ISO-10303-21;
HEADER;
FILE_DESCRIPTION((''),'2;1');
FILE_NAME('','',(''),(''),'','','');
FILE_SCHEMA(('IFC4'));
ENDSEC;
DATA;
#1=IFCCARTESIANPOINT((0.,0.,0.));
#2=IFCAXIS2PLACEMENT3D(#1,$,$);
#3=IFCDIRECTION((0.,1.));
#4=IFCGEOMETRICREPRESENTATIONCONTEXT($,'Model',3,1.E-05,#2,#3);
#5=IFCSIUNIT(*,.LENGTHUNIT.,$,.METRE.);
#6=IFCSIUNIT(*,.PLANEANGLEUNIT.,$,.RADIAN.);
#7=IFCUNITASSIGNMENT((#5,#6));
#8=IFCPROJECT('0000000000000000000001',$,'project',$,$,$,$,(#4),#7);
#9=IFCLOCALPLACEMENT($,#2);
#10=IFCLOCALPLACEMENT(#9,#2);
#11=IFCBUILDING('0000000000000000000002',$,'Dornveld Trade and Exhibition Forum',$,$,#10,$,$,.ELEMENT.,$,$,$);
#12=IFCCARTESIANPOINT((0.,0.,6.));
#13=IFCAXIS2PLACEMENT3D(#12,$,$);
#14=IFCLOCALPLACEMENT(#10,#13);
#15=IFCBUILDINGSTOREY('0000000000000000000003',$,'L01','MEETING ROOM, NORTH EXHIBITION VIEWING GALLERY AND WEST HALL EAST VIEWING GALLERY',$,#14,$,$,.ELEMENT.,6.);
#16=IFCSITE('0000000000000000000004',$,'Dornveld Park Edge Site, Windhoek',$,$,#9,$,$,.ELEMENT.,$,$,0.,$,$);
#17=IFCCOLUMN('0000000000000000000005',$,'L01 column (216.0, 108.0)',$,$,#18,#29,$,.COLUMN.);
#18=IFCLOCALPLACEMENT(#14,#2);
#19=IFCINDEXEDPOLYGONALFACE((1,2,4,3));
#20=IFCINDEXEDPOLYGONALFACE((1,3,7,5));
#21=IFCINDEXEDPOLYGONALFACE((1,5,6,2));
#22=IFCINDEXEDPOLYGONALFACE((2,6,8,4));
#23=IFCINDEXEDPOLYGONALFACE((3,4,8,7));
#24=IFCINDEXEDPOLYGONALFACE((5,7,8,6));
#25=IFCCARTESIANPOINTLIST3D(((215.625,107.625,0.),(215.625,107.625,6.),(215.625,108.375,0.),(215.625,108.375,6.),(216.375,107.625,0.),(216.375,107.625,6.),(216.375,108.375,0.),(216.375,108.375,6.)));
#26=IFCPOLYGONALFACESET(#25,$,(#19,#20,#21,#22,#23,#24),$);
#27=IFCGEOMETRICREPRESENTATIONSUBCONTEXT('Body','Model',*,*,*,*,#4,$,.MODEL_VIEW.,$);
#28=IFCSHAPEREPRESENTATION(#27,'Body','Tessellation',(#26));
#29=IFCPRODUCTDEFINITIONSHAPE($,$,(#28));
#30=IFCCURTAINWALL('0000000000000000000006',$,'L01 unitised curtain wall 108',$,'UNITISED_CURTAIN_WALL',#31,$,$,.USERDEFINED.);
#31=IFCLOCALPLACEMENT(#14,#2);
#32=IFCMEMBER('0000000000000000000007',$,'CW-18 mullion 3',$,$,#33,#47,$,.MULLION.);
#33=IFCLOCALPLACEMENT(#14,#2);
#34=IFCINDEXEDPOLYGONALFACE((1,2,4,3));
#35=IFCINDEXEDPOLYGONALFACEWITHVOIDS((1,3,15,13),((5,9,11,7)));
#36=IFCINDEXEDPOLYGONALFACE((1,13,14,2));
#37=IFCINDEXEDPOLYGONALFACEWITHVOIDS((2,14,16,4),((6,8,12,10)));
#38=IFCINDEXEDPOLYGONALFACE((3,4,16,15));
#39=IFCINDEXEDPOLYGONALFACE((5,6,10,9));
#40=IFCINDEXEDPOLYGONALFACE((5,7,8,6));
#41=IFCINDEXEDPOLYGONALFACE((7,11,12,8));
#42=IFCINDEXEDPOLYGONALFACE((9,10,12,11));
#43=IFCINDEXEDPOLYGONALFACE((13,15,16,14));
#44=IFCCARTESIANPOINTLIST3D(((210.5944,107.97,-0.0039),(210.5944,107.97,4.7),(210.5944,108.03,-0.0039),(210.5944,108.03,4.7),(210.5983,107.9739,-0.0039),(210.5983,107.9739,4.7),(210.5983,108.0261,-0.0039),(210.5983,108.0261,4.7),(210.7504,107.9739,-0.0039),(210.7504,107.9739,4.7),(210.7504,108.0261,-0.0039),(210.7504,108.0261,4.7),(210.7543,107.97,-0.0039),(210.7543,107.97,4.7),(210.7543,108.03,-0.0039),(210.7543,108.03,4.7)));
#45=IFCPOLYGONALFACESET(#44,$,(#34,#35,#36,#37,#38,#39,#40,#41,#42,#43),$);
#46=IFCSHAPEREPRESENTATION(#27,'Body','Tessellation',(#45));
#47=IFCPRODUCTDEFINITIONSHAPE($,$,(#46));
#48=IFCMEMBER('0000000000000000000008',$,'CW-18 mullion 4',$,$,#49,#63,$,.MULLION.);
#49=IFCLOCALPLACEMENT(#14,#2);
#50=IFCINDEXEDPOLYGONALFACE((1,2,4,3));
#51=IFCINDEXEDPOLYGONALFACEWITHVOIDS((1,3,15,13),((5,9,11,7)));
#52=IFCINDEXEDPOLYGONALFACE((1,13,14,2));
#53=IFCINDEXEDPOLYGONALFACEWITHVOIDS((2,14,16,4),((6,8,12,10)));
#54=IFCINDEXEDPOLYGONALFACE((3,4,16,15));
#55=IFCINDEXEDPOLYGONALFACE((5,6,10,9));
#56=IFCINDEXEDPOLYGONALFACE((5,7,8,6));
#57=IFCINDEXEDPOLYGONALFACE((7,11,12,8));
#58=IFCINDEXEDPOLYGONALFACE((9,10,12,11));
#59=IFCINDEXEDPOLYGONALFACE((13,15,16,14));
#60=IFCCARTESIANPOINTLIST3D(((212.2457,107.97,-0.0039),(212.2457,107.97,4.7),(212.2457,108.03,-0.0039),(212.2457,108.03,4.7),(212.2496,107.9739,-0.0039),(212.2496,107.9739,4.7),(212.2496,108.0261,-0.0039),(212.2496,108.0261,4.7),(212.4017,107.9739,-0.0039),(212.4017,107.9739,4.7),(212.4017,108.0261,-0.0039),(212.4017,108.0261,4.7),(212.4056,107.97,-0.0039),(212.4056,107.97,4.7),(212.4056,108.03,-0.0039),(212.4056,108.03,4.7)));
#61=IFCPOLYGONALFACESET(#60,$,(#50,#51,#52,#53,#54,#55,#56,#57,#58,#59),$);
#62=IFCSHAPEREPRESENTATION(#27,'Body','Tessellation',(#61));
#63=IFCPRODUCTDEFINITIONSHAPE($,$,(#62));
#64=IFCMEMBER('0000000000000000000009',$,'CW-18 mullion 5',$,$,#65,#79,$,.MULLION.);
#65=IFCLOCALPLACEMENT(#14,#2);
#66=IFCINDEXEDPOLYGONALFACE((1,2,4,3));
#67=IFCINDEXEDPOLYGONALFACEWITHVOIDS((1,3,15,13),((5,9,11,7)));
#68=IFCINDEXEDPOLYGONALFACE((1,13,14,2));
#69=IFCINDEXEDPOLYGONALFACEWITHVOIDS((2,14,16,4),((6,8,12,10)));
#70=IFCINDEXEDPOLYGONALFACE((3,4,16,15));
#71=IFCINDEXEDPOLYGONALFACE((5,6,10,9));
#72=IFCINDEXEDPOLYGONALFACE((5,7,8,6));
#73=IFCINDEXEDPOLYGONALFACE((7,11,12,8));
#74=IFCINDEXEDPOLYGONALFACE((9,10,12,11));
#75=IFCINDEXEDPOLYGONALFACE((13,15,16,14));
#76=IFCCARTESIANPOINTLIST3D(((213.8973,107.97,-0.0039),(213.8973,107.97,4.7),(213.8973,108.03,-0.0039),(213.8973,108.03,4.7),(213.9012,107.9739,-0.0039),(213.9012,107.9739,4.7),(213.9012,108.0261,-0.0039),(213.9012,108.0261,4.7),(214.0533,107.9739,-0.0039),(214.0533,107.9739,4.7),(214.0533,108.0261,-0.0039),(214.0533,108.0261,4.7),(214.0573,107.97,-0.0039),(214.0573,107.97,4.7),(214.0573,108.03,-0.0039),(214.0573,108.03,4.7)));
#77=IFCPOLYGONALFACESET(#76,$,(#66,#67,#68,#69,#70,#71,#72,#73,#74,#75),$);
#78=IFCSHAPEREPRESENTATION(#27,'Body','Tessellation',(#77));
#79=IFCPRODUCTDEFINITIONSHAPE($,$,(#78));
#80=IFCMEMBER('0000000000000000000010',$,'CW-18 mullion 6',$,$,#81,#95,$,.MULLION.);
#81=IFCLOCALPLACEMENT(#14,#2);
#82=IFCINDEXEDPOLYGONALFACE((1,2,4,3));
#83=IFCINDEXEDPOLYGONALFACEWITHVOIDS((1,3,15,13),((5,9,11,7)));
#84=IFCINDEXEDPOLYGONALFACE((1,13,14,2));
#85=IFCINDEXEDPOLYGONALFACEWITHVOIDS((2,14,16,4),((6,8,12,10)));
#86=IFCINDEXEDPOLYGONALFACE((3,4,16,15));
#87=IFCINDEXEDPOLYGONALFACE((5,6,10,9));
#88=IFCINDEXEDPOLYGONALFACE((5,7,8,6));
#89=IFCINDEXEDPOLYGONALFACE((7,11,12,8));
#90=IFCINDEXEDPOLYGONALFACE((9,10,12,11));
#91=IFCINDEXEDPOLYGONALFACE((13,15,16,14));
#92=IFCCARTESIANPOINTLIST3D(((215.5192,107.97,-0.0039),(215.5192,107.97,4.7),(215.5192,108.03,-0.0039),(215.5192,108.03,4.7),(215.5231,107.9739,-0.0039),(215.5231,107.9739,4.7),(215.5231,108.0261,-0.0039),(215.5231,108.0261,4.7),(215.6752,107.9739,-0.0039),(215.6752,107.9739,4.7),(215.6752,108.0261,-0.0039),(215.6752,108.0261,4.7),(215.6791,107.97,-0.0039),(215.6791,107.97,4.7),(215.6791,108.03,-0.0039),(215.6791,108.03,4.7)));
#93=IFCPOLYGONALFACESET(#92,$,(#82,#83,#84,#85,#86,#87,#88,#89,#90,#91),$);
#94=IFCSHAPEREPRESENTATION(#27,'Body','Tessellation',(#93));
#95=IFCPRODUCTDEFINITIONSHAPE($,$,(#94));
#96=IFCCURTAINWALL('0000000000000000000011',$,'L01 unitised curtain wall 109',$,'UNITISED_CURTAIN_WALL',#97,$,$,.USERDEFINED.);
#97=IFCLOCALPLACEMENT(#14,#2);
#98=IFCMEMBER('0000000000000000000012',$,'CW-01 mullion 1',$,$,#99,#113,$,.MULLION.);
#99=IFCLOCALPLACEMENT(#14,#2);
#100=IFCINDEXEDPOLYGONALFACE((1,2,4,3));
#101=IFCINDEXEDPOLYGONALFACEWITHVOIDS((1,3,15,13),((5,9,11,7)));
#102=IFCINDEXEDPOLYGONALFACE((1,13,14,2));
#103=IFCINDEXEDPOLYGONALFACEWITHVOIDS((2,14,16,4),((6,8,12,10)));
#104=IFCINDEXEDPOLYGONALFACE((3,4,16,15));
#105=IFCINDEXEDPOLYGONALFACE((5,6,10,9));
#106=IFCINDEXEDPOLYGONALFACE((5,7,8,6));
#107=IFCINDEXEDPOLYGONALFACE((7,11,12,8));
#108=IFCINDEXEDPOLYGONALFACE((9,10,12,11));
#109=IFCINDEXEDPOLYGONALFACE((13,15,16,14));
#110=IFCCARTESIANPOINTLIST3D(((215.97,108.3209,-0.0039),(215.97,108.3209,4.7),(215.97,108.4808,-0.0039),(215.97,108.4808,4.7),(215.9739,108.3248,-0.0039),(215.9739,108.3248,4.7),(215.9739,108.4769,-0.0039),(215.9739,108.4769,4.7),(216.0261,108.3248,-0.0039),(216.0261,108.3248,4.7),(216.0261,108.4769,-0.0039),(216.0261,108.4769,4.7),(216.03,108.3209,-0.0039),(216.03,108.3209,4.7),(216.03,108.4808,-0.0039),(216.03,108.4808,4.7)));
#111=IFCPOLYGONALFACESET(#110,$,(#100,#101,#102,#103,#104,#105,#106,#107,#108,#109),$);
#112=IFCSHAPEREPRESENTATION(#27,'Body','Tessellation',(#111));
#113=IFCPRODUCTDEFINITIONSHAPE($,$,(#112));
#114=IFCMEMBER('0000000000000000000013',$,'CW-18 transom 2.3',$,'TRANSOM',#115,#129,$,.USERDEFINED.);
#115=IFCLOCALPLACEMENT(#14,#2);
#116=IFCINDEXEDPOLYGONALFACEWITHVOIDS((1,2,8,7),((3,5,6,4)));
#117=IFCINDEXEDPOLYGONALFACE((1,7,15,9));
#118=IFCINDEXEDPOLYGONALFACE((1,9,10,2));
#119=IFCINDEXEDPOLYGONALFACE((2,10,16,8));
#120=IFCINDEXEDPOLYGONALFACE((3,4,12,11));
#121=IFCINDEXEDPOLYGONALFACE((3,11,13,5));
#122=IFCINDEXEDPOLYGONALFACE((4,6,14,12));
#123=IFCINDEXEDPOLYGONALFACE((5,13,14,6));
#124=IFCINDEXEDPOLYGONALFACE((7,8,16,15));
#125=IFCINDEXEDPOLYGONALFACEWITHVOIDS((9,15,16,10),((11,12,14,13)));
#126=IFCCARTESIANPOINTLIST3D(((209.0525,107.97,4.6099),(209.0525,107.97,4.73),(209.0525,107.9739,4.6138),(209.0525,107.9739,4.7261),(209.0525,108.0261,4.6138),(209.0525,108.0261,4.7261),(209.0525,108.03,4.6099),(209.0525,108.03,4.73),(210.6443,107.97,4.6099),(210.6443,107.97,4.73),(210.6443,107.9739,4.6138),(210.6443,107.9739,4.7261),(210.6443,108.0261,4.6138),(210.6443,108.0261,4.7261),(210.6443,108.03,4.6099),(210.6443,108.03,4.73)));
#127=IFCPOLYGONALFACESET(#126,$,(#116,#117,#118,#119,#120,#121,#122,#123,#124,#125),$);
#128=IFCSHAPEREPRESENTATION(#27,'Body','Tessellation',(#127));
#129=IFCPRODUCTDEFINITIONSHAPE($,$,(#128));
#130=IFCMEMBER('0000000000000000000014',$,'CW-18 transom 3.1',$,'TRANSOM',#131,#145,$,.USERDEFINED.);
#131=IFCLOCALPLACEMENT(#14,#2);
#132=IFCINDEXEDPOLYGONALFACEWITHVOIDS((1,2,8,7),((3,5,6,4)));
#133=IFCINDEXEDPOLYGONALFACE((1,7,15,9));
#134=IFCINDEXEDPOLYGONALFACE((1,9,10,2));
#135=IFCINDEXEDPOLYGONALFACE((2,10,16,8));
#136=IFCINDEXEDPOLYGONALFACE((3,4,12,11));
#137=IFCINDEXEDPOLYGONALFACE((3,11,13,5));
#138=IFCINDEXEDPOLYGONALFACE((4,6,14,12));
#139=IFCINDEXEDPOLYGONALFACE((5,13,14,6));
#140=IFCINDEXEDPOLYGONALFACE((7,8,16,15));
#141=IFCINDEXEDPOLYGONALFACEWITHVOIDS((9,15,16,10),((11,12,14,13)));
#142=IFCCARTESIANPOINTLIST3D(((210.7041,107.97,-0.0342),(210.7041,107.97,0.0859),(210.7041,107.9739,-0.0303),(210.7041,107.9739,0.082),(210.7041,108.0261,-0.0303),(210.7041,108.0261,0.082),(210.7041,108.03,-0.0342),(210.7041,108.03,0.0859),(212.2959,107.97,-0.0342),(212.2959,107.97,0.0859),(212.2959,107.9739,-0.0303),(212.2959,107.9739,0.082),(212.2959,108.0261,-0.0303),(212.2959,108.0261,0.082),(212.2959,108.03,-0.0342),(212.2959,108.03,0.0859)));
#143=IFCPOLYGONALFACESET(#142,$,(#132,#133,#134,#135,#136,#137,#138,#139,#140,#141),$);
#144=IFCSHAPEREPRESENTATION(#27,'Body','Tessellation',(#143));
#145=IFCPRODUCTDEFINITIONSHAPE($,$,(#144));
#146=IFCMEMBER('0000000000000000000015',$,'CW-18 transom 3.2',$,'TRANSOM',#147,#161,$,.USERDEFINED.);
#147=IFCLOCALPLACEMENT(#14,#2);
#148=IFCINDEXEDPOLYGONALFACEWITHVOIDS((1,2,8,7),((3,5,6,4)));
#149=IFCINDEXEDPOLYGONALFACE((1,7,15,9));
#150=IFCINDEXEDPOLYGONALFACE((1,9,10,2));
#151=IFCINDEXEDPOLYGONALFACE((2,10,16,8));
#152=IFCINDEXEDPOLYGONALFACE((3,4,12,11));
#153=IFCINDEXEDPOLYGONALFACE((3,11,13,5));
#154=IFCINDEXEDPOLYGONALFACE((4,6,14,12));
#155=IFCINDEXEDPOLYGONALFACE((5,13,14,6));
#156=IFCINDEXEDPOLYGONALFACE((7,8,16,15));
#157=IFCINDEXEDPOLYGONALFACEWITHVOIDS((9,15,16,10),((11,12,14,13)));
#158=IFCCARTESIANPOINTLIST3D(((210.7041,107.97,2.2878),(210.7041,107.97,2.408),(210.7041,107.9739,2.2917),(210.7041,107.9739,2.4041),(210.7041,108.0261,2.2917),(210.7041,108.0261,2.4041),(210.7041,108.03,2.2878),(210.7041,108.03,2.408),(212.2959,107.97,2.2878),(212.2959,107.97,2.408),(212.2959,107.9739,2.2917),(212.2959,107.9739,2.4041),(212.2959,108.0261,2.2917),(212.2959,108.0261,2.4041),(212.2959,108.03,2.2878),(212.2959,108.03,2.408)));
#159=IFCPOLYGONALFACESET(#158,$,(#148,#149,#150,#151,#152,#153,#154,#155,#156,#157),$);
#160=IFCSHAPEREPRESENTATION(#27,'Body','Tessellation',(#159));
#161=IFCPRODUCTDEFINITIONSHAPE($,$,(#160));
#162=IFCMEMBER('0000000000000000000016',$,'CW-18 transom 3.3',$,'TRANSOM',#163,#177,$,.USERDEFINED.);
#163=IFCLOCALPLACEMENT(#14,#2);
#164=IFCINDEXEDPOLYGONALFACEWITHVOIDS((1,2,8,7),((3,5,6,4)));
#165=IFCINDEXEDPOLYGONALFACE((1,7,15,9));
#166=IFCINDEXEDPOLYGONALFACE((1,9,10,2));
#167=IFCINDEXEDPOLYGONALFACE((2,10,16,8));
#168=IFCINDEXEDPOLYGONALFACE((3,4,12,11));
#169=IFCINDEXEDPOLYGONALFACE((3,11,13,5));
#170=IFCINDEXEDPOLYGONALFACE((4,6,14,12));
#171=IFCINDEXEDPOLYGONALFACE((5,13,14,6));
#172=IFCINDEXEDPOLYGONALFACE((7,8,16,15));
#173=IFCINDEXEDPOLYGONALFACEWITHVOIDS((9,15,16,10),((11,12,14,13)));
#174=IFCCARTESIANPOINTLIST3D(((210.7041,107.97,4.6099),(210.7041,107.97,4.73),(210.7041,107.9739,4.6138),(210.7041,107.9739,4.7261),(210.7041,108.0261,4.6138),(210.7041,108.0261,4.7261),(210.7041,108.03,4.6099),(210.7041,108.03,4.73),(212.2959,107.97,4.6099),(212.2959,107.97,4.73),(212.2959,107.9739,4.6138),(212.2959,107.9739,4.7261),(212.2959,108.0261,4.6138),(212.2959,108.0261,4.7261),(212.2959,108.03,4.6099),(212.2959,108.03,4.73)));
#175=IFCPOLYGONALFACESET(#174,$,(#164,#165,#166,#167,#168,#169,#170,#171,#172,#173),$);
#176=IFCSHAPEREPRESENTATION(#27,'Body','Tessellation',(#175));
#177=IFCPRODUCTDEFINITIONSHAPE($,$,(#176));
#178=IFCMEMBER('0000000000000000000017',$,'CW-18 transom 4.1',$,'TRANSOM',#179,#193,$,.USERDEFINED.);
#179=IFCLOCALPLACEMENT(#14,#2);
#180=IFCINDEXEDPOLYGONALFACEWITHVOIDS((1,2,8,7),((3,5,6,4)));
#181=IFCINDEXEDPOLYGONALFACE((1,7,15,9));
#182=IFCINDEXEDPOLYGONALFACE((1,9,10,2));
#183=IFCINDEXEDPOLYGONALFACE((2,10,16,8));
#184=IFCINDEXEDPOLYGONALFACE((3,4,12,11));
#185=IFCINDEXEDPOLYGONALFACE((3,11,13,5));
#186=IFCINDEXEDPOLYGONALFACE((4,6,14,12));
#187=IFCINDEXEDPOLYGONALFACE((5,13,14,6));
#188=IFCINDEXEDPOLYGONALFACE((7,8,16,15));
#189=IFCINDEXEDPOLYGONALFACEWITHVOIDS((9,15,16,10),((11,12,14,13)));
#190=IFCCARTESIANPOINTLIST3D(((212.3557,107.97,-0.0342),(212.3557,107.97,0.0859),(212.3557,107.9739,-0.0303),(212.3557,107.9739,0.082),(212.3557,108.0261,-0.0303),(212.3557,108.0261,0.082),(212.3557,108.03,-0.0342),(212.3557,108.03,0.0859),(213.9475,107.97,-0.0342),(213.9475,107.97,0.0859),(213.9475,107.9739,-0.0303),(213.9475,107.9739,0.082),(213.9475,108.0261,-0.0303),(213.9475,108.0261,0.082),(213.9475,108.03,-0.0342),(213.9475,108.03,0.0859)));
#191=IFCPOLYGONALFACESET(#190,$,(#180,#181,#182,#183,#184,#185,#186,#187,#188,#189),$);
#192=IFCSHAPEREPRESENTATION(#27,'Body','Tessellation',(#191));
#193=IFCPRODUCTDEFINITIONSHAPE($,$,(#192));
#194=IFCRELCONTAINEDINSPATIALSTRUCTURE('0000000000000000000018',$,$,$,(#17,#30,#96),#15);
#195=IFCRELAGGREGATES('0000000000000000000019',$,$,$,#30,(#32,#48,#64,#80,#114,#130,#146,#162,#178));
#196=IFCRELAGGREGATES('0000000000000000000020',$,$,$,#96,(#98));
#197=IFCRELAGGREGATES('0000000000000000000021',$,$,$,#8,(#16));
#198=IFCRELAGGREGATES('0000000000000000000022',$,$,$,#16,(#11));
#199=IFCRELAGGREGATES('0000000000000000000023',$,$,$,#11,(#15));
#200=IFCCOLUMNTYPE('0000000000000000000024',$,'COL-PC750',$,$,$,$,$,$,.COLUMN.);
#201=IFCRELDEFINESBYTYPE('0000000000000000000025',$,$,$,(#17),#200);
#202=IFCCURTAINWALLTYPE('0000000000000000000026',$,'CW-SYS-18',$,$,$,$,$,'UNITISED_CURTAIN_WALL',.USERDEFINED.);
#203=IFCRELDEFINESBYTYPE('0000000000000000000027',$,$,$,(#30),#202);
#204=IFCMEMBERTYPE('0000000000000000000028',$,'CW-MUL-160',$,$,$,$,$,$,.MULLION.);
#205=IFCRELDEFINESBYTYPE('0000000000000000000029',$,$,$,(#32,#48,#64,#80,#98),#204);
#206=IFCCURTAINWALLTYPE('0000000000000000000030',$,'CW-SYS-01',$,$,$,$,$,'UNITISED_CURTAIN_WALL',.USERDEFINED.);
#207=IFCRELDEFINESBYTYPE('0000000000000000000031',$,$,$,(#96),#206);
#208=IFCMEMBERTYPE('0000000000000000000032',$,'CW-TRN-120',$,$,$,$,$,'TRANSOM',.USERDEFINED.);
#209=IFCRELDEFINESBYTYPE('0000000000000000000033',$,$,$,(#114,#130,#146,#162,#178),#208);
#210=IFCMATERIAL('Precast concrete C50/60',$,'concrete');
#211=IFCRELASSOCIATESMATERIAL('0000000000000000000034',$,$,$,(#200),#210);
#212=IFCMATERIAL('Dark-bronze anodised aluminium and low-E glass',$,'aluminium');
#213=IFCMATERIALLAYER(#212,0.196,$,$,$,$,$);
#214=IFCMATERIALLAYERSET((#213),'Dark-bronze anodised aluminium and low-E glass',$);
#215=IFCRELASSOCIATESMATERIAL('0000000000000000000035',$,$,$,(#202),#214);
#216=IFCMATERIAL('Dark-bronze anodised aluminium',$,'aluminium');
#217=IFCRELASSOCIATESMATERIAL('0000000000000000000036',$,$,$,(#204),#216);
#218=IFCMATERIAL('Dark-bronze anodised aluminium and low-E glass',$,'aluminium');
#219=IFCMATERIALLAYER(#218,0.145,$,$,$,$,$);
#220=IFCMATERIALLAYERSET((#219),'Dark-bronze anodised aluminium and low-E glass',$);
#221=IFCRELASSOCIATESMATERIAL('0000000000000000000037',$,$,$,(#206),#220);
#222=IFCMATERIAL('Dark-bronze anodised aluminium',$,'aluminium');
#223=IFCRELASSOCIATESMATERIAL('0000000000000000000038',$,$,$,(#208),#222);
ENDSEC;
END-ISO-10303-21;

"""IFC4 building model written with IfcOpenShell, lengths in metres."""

from ifc_helpers import new_model, si_unit, direction, frame, origin, origin_2d, place, context, subcontext, project, spatial, rectangle, hollow_rectangle, extrude, material, layer, layer_set, material_profile, profile_set, type_object, element, aggregate, save


model = new_model("IFC4")

# Units and contexts
model_context = context("Model", 3, precision=1e-05, world=origin(), true_north=direction((0.0, 1.0)))
body_context = subcontext(model_context, "Body", "Model", "MODEL_VIEW")
ifc_project = project(units=[si_unit("LENGTHUNIT", "METRE"), si_unit("PLANEANGLEUNIT", "RADIAN")], contexts=[model_context])

# Site, building, storey
site_placement = place(None, origin())
site = spatial("IfcSite", under=ifc_project, at=site_placement, Name="Dornveld Park Edge Site, Windhoek", CompositionType="ELEMENT", RefElevation=0.0)
building_placement = place(site_placement, origin())
building = spatial("IfcBuilding", under=site, at=building_placement, Name="Dornveld Trade and Exhibition Forum", CompositionType="ELEMENT")
storey_placement = place(building_placement, frame((0.0, 0.0, 6.0)))
storey = spatial("IfcBuildingStorey", under=building, at=storey_placement, Name="L01", Description="MEETING ROOM, NORTH EXHIBITION VIEWING GALLERY AND WEST HALL EAST VIEWING GALLERY", CompositionType="ELEMENT", Elevation=6.0)

# Column
ifc_material_1 = material(Name="Precast concrete C50/60", Category="concrete")
ifc_material_profile_1 = material_profile(ifc_material_1, rectangle(XDim=0.75, YDim=0.75, at=origin_2d()), Name="PC-COL 750x750")
ifc_profile_set_1 = profile_set([ifc_material_profile_1], Name="Precast concrete C50/60")
column_type = type_object("IfcColumnType", Name="COL-PC750", PredefinedType="COLUMN", material=ifc_profile_set_1)
column_placement = place(storey_placement, frame((216.0, 108.0, 0.0), z_axis=(0.0, 0.0, 1.0), x_axis=(1.0, 0.0, 0.0)))
element("IfcColumn", 1, at=column_placement, inside=storey, type_object=column_type, Name="L01 column (216.0, 108.0)", PredefinedType="COLUMN", context=body_context, shape_type="SweptSolid", body=[
    extrude(rectangle(XDim=0.75, YDim=0.75, at=origin_2d()), origin(), (0.0, 0.0, 1.0), 6.0),
])

# Curtain wall, members
ifc_material_2 = material(Name="Dark-bronze anodised aluminium and low-E glass", Category="aluminium")
ifc_layer_1 = layer(ifc_material_2, 0.196)
ifc_layer_set_1 = layer_set([ifc_layer_1], Name="Dark-bronze anodised aluminium and low-E glass")
curtain_wall_type_1 = type_object("IfcCurtainWallType", Name="CW-SYS-18", ElementType="UNITISED_CURTAIN_WALL", PredefinedType="USERDEFINED", material=ifc_layer_set_1)
curtain_wall_1_placement = place(storey_placement, origin())
curtain_wall_1 = element("IfcCurtainWall", 2, at=curtain_wall_1_placement, inside=storey, type_object=curtain_wall_type_1, Name="L01 unitised curtain wall 108", ObjectType="UNITISED_CURTAIN_WALL", PredefinedType="USERDEFINED")
ifc_material_3 = material(Name="Dark-bronze anodised aluminium", Category="aluminium")
ifc_material_profile_2 = material_profile(ifc_material_3, hollow_rectangle(XDim=0.0601, YDim=0.1599, WallThickness=0.0039, at=origin_2d()), Name="RHS 160x60x4")
ifc_profile_set_2 = profile_set([ifc_material_profile_2], Name="Dark-bronze anodised aluminium")
member_type_1 = type_object("IfcMemberType", Name="CW-MUL-160", PredefinedType="MULLION", material=ifc_profile_set_2)
member_1_placement = place(storey_placement, frame((210.6743, 108.0, -0.0039), z_axis=(0.0, 0.0, 1.0), x_axis=(0.0, 1.0, 0.0)))
member_1 = element("IfcMember", 3, at=member_1_placement, type_object=member_type_1, Name="CW-18 mullion 3", PredefinedType="MULLION", context=body_context, shape_type="SweptSolid", body=[
    extrude(hollow_rectangle(XDim=0.0601, YDim=0.1599, WallThickness=0.0039, at=origin_2d()), origin(), (0.0, 0.0, 1.0), 4.7039),
])
member_2_placement = place(storey_placement, frame((212.3257, 108.0, -0.0039), z_axis=(0.0, 0.0, 1.0), x_axis=(0.0, 1.0, 0.0)))
member_2 = element("IfcMember", 4, at=member_2_placement, type_object=member_type_1, Name="CW-18 mullion 4", PredefinedType="MULLION", context=body_context, shape_type="SweptSolid", body=[
    extrude(hollow_rectangle(XDim=0.0601, YDim=0.1599, WallThickness=0.0039, at=origin_2d()), origin(), (0.0, 0.0, 1.0), 4.7039),
])
member_3_placement = place(storey_placement, frame((213.9773, 108.0, -0.0039), z_axis=(0.0, 0.0, 1.0), x_axis=(0.0, 1.0, 0.0)))
member_3 = element("IfcMember", 5, at=member_3_placement, type_object=member_type_1, Name="CW-18 mullion 5", PredefinedType="MULLION", context=body_context, shape_type="SweptSolid", body=[
    extrude(hollow_rectangle(XDim=0.0601, YDim=0.1599, WallThickness=0.0039, at=origin_2d()), origin(), (0.0, 0.0, 1.0), 4.7039),
])
member_4_placement = place(storey_placement, frame((215.5991, 108.0, -0.0039), z_axis=(0.0, 0.0, 1.0), x_axis=(0.0, 1.0, 0.0)))
member_4 = element("IfcMember", 6, at=member_4_placement, type_object=member_type_1, Name="CW-18 mullion 6", PredefinedType="MULLION", context=body_context, shape_type="SweptSolid", body=[
    extrude(hollow_rectangle(XDim=0.0601, YDim=0.1599, WallThickness=0.0039, at=origin_2d()), origin(), (0.0, 0.0, 1.0), 4.7039),
])

# Curtain wall, member
ifc_material_4 = material(Name="Dark-bronze anodised aluminium and low-E glass", Category="aluminium")
ifc_layer_2 = layer(ifc_material_4, 0.145)
ifc_layer_set_2 = layer_set([ifc_layer_2], Name="Dark-bronze anodised aluminium and low-E glass")
curtain_wall_type_2 = type_object("IfcCurtainWallType", Name="CW-SYS-01", ElementType="UNITISED_CURTAIN_WALL", PredefinedType="USERDEFINED", material=ifc_layer_set_2)
curtain_wall_2_placement = place(storey_placement, origin())
curtain_wall_2 = element("IfcCurtainWall", 7, at=curtain_wall_2_placement, inside=storey, type_object=curtain_wall_type_2, Name="L01 unitised curtain wall 109", ObjectType="UNITISED_CURTAIN_WALL", PredefinedType="USERDEFINED")
member_5_placement = place(storey_placement, frame((216.0, 108.4009, -0.0039), z_axis=(0.0, 0.0, 1.0), x_axis=(-1.0, 0.0, 0.0)))
member_5 = element("IfcMember", 8, at=member_5_placement, type_object=member_type_1, Name="CW-01 mullion 1", PredefinedType="MULLION", context=body_context, shape_type="SweptSolid", body=[
    extrude(hollow_rectangle(XDim=0.0601, YDim=0.1599, WallThickness=0.0039, at=origin_2d()), origin(), (0.0, 0.0, 1.0), 4.7039),
])

# Members
ifc_material_5 = material(Name="Dark-bronze anodised aluminium", Category="aluminium")
ifc_material_profile_3 = material_profile(ifc_material_5, hollow_rectangle(XDim=0.0601, YDim=0.1201, WallThickness=0.0039, at=origin_2d()), Name="RHS 120x60x4")
ifc_profile_set_3 = profile_set([ifc_material_profile_3], Name="Dark-bronze anodised aluminium")
member_type_2 = type_object("IfcMemberType", Name="CW-TRN-120", ElementType="TRANSOM", PredefinedType="USERDEFINED", material=ifc_profile_set_3)
member_6_placement = place(storey_placement, frame((209.0525, 108.0, 4.6699), z_axis=(1.0, 0.0, 0.0), x_axis=(0.0, 1.0, 0.0)))
member_6 = element("IfcMember", 9, at=member_6_placement, type_object=member_type_2, Name="CW-18 transom 2.3", ObjectType="TRANSOM", PredefinedType="USERDEFINED", context=body_context, shape_type="SweptSolid", body=[
    extrude(hollow_rectangle(XDim=0.0601, YDim=0.1201, WallThickness=0.0039, at=origin_2d()), origin(), (0.0, 0.0, 1.0), 1.5918),
])
member_7_placement = place(storey_placement, frame((210.7041, 108.0, 0.0259), z_axis=(1.0, 0.0, 0.0), x_axis=(0.0, 1.0, 0.0)))
member_7 = element("IfcMember", 10, at=member_7_placement, type_object=member_type_2, Name="CW-18 transom 3.1", ObjectType="TRANSOM", PredefinedType="USERDEFINED", context=body_context, shape_type="SweptSolid", body=[
    extrude(hollow_rectangle(XDim=0.0601, YDim=0.1201, WallThickness=0.0039, at=origin_2d()), origin(), (0.0, 0.0, 1.0), 1.5918),
])
member_8_placement = place(storey_placement, frame((210.7041, 108.0, 2.3479), z_axis=(1.0, 0.0, 0.0), x_axis=(0.0, 1.0, 0.0)))
member_8 = element("IfcMember", 11, at=member_8_placement, type_object=member_type_2, Name="CW-18 transom 3.2", ObjectType="TRANSOM", PredefinedType="USERDEFINED", context=body_context, shape_type="SweptSolid", body=[
    extrude(hollow_rectangle(XDim=0.0601, YDim=0.1201, WallThickness=0.0039, at=origin_2d()), origin(), (0.0, 0.0, 1.0), 1.5918),
])
member_9_placement = place(storey_placement, frame((210.7041, 108.0, 4.6699), z_axis=(1.0, 0.0, 0.0), x_axis=(0.0, 1.0, 0.0)))
member_9 = element("IfcMember", 12, at=member_9_placement, type_object=member_type_2, Name="CW-18 transom 3.3", ObjectType="TRANSOM", PredefinedType="USERDEFINED", context=body_context, shape_type="SweptSolid", body=[
    extrude(hollow_rectangle(XDim=0.0601, YDim=0.1201, WallThickness=0.0039, at=origin_2d()), origin(), (0.0, 0.0, 1.0), 1.5918),
])
member_10_placement = place(storey_placement, frame((212.3557, 108.0, 0.0259), z_axis=(1.0, 0.0, 0.0), x_axis=(0.0, 1.0, 0.0)))
member_10 = element("IfcMember", 13, at=member_10_placement, type_object=member_type_2, Name="CW-18 transom 4.1", ObjectType="TRANSOM", PredefinedType="USERDEFINED", context=body_context, shape_type="SweptSolid", body=[
    extrude(hollow_rectangle(XDim=0.0601, YDim=0.1201, WallThickness=0.0039, at=origin_2d()), origin(), (0.0, 0.0, 1.0), 1.5918),
])

aggregate(curtain_wall_1, [member_1, member_2, member_3, member_4, member_6, member_7, member_8, member_9, member_10])
aggregate(curtain_wall_2, [member_5])

save(model, "model.ifc")
